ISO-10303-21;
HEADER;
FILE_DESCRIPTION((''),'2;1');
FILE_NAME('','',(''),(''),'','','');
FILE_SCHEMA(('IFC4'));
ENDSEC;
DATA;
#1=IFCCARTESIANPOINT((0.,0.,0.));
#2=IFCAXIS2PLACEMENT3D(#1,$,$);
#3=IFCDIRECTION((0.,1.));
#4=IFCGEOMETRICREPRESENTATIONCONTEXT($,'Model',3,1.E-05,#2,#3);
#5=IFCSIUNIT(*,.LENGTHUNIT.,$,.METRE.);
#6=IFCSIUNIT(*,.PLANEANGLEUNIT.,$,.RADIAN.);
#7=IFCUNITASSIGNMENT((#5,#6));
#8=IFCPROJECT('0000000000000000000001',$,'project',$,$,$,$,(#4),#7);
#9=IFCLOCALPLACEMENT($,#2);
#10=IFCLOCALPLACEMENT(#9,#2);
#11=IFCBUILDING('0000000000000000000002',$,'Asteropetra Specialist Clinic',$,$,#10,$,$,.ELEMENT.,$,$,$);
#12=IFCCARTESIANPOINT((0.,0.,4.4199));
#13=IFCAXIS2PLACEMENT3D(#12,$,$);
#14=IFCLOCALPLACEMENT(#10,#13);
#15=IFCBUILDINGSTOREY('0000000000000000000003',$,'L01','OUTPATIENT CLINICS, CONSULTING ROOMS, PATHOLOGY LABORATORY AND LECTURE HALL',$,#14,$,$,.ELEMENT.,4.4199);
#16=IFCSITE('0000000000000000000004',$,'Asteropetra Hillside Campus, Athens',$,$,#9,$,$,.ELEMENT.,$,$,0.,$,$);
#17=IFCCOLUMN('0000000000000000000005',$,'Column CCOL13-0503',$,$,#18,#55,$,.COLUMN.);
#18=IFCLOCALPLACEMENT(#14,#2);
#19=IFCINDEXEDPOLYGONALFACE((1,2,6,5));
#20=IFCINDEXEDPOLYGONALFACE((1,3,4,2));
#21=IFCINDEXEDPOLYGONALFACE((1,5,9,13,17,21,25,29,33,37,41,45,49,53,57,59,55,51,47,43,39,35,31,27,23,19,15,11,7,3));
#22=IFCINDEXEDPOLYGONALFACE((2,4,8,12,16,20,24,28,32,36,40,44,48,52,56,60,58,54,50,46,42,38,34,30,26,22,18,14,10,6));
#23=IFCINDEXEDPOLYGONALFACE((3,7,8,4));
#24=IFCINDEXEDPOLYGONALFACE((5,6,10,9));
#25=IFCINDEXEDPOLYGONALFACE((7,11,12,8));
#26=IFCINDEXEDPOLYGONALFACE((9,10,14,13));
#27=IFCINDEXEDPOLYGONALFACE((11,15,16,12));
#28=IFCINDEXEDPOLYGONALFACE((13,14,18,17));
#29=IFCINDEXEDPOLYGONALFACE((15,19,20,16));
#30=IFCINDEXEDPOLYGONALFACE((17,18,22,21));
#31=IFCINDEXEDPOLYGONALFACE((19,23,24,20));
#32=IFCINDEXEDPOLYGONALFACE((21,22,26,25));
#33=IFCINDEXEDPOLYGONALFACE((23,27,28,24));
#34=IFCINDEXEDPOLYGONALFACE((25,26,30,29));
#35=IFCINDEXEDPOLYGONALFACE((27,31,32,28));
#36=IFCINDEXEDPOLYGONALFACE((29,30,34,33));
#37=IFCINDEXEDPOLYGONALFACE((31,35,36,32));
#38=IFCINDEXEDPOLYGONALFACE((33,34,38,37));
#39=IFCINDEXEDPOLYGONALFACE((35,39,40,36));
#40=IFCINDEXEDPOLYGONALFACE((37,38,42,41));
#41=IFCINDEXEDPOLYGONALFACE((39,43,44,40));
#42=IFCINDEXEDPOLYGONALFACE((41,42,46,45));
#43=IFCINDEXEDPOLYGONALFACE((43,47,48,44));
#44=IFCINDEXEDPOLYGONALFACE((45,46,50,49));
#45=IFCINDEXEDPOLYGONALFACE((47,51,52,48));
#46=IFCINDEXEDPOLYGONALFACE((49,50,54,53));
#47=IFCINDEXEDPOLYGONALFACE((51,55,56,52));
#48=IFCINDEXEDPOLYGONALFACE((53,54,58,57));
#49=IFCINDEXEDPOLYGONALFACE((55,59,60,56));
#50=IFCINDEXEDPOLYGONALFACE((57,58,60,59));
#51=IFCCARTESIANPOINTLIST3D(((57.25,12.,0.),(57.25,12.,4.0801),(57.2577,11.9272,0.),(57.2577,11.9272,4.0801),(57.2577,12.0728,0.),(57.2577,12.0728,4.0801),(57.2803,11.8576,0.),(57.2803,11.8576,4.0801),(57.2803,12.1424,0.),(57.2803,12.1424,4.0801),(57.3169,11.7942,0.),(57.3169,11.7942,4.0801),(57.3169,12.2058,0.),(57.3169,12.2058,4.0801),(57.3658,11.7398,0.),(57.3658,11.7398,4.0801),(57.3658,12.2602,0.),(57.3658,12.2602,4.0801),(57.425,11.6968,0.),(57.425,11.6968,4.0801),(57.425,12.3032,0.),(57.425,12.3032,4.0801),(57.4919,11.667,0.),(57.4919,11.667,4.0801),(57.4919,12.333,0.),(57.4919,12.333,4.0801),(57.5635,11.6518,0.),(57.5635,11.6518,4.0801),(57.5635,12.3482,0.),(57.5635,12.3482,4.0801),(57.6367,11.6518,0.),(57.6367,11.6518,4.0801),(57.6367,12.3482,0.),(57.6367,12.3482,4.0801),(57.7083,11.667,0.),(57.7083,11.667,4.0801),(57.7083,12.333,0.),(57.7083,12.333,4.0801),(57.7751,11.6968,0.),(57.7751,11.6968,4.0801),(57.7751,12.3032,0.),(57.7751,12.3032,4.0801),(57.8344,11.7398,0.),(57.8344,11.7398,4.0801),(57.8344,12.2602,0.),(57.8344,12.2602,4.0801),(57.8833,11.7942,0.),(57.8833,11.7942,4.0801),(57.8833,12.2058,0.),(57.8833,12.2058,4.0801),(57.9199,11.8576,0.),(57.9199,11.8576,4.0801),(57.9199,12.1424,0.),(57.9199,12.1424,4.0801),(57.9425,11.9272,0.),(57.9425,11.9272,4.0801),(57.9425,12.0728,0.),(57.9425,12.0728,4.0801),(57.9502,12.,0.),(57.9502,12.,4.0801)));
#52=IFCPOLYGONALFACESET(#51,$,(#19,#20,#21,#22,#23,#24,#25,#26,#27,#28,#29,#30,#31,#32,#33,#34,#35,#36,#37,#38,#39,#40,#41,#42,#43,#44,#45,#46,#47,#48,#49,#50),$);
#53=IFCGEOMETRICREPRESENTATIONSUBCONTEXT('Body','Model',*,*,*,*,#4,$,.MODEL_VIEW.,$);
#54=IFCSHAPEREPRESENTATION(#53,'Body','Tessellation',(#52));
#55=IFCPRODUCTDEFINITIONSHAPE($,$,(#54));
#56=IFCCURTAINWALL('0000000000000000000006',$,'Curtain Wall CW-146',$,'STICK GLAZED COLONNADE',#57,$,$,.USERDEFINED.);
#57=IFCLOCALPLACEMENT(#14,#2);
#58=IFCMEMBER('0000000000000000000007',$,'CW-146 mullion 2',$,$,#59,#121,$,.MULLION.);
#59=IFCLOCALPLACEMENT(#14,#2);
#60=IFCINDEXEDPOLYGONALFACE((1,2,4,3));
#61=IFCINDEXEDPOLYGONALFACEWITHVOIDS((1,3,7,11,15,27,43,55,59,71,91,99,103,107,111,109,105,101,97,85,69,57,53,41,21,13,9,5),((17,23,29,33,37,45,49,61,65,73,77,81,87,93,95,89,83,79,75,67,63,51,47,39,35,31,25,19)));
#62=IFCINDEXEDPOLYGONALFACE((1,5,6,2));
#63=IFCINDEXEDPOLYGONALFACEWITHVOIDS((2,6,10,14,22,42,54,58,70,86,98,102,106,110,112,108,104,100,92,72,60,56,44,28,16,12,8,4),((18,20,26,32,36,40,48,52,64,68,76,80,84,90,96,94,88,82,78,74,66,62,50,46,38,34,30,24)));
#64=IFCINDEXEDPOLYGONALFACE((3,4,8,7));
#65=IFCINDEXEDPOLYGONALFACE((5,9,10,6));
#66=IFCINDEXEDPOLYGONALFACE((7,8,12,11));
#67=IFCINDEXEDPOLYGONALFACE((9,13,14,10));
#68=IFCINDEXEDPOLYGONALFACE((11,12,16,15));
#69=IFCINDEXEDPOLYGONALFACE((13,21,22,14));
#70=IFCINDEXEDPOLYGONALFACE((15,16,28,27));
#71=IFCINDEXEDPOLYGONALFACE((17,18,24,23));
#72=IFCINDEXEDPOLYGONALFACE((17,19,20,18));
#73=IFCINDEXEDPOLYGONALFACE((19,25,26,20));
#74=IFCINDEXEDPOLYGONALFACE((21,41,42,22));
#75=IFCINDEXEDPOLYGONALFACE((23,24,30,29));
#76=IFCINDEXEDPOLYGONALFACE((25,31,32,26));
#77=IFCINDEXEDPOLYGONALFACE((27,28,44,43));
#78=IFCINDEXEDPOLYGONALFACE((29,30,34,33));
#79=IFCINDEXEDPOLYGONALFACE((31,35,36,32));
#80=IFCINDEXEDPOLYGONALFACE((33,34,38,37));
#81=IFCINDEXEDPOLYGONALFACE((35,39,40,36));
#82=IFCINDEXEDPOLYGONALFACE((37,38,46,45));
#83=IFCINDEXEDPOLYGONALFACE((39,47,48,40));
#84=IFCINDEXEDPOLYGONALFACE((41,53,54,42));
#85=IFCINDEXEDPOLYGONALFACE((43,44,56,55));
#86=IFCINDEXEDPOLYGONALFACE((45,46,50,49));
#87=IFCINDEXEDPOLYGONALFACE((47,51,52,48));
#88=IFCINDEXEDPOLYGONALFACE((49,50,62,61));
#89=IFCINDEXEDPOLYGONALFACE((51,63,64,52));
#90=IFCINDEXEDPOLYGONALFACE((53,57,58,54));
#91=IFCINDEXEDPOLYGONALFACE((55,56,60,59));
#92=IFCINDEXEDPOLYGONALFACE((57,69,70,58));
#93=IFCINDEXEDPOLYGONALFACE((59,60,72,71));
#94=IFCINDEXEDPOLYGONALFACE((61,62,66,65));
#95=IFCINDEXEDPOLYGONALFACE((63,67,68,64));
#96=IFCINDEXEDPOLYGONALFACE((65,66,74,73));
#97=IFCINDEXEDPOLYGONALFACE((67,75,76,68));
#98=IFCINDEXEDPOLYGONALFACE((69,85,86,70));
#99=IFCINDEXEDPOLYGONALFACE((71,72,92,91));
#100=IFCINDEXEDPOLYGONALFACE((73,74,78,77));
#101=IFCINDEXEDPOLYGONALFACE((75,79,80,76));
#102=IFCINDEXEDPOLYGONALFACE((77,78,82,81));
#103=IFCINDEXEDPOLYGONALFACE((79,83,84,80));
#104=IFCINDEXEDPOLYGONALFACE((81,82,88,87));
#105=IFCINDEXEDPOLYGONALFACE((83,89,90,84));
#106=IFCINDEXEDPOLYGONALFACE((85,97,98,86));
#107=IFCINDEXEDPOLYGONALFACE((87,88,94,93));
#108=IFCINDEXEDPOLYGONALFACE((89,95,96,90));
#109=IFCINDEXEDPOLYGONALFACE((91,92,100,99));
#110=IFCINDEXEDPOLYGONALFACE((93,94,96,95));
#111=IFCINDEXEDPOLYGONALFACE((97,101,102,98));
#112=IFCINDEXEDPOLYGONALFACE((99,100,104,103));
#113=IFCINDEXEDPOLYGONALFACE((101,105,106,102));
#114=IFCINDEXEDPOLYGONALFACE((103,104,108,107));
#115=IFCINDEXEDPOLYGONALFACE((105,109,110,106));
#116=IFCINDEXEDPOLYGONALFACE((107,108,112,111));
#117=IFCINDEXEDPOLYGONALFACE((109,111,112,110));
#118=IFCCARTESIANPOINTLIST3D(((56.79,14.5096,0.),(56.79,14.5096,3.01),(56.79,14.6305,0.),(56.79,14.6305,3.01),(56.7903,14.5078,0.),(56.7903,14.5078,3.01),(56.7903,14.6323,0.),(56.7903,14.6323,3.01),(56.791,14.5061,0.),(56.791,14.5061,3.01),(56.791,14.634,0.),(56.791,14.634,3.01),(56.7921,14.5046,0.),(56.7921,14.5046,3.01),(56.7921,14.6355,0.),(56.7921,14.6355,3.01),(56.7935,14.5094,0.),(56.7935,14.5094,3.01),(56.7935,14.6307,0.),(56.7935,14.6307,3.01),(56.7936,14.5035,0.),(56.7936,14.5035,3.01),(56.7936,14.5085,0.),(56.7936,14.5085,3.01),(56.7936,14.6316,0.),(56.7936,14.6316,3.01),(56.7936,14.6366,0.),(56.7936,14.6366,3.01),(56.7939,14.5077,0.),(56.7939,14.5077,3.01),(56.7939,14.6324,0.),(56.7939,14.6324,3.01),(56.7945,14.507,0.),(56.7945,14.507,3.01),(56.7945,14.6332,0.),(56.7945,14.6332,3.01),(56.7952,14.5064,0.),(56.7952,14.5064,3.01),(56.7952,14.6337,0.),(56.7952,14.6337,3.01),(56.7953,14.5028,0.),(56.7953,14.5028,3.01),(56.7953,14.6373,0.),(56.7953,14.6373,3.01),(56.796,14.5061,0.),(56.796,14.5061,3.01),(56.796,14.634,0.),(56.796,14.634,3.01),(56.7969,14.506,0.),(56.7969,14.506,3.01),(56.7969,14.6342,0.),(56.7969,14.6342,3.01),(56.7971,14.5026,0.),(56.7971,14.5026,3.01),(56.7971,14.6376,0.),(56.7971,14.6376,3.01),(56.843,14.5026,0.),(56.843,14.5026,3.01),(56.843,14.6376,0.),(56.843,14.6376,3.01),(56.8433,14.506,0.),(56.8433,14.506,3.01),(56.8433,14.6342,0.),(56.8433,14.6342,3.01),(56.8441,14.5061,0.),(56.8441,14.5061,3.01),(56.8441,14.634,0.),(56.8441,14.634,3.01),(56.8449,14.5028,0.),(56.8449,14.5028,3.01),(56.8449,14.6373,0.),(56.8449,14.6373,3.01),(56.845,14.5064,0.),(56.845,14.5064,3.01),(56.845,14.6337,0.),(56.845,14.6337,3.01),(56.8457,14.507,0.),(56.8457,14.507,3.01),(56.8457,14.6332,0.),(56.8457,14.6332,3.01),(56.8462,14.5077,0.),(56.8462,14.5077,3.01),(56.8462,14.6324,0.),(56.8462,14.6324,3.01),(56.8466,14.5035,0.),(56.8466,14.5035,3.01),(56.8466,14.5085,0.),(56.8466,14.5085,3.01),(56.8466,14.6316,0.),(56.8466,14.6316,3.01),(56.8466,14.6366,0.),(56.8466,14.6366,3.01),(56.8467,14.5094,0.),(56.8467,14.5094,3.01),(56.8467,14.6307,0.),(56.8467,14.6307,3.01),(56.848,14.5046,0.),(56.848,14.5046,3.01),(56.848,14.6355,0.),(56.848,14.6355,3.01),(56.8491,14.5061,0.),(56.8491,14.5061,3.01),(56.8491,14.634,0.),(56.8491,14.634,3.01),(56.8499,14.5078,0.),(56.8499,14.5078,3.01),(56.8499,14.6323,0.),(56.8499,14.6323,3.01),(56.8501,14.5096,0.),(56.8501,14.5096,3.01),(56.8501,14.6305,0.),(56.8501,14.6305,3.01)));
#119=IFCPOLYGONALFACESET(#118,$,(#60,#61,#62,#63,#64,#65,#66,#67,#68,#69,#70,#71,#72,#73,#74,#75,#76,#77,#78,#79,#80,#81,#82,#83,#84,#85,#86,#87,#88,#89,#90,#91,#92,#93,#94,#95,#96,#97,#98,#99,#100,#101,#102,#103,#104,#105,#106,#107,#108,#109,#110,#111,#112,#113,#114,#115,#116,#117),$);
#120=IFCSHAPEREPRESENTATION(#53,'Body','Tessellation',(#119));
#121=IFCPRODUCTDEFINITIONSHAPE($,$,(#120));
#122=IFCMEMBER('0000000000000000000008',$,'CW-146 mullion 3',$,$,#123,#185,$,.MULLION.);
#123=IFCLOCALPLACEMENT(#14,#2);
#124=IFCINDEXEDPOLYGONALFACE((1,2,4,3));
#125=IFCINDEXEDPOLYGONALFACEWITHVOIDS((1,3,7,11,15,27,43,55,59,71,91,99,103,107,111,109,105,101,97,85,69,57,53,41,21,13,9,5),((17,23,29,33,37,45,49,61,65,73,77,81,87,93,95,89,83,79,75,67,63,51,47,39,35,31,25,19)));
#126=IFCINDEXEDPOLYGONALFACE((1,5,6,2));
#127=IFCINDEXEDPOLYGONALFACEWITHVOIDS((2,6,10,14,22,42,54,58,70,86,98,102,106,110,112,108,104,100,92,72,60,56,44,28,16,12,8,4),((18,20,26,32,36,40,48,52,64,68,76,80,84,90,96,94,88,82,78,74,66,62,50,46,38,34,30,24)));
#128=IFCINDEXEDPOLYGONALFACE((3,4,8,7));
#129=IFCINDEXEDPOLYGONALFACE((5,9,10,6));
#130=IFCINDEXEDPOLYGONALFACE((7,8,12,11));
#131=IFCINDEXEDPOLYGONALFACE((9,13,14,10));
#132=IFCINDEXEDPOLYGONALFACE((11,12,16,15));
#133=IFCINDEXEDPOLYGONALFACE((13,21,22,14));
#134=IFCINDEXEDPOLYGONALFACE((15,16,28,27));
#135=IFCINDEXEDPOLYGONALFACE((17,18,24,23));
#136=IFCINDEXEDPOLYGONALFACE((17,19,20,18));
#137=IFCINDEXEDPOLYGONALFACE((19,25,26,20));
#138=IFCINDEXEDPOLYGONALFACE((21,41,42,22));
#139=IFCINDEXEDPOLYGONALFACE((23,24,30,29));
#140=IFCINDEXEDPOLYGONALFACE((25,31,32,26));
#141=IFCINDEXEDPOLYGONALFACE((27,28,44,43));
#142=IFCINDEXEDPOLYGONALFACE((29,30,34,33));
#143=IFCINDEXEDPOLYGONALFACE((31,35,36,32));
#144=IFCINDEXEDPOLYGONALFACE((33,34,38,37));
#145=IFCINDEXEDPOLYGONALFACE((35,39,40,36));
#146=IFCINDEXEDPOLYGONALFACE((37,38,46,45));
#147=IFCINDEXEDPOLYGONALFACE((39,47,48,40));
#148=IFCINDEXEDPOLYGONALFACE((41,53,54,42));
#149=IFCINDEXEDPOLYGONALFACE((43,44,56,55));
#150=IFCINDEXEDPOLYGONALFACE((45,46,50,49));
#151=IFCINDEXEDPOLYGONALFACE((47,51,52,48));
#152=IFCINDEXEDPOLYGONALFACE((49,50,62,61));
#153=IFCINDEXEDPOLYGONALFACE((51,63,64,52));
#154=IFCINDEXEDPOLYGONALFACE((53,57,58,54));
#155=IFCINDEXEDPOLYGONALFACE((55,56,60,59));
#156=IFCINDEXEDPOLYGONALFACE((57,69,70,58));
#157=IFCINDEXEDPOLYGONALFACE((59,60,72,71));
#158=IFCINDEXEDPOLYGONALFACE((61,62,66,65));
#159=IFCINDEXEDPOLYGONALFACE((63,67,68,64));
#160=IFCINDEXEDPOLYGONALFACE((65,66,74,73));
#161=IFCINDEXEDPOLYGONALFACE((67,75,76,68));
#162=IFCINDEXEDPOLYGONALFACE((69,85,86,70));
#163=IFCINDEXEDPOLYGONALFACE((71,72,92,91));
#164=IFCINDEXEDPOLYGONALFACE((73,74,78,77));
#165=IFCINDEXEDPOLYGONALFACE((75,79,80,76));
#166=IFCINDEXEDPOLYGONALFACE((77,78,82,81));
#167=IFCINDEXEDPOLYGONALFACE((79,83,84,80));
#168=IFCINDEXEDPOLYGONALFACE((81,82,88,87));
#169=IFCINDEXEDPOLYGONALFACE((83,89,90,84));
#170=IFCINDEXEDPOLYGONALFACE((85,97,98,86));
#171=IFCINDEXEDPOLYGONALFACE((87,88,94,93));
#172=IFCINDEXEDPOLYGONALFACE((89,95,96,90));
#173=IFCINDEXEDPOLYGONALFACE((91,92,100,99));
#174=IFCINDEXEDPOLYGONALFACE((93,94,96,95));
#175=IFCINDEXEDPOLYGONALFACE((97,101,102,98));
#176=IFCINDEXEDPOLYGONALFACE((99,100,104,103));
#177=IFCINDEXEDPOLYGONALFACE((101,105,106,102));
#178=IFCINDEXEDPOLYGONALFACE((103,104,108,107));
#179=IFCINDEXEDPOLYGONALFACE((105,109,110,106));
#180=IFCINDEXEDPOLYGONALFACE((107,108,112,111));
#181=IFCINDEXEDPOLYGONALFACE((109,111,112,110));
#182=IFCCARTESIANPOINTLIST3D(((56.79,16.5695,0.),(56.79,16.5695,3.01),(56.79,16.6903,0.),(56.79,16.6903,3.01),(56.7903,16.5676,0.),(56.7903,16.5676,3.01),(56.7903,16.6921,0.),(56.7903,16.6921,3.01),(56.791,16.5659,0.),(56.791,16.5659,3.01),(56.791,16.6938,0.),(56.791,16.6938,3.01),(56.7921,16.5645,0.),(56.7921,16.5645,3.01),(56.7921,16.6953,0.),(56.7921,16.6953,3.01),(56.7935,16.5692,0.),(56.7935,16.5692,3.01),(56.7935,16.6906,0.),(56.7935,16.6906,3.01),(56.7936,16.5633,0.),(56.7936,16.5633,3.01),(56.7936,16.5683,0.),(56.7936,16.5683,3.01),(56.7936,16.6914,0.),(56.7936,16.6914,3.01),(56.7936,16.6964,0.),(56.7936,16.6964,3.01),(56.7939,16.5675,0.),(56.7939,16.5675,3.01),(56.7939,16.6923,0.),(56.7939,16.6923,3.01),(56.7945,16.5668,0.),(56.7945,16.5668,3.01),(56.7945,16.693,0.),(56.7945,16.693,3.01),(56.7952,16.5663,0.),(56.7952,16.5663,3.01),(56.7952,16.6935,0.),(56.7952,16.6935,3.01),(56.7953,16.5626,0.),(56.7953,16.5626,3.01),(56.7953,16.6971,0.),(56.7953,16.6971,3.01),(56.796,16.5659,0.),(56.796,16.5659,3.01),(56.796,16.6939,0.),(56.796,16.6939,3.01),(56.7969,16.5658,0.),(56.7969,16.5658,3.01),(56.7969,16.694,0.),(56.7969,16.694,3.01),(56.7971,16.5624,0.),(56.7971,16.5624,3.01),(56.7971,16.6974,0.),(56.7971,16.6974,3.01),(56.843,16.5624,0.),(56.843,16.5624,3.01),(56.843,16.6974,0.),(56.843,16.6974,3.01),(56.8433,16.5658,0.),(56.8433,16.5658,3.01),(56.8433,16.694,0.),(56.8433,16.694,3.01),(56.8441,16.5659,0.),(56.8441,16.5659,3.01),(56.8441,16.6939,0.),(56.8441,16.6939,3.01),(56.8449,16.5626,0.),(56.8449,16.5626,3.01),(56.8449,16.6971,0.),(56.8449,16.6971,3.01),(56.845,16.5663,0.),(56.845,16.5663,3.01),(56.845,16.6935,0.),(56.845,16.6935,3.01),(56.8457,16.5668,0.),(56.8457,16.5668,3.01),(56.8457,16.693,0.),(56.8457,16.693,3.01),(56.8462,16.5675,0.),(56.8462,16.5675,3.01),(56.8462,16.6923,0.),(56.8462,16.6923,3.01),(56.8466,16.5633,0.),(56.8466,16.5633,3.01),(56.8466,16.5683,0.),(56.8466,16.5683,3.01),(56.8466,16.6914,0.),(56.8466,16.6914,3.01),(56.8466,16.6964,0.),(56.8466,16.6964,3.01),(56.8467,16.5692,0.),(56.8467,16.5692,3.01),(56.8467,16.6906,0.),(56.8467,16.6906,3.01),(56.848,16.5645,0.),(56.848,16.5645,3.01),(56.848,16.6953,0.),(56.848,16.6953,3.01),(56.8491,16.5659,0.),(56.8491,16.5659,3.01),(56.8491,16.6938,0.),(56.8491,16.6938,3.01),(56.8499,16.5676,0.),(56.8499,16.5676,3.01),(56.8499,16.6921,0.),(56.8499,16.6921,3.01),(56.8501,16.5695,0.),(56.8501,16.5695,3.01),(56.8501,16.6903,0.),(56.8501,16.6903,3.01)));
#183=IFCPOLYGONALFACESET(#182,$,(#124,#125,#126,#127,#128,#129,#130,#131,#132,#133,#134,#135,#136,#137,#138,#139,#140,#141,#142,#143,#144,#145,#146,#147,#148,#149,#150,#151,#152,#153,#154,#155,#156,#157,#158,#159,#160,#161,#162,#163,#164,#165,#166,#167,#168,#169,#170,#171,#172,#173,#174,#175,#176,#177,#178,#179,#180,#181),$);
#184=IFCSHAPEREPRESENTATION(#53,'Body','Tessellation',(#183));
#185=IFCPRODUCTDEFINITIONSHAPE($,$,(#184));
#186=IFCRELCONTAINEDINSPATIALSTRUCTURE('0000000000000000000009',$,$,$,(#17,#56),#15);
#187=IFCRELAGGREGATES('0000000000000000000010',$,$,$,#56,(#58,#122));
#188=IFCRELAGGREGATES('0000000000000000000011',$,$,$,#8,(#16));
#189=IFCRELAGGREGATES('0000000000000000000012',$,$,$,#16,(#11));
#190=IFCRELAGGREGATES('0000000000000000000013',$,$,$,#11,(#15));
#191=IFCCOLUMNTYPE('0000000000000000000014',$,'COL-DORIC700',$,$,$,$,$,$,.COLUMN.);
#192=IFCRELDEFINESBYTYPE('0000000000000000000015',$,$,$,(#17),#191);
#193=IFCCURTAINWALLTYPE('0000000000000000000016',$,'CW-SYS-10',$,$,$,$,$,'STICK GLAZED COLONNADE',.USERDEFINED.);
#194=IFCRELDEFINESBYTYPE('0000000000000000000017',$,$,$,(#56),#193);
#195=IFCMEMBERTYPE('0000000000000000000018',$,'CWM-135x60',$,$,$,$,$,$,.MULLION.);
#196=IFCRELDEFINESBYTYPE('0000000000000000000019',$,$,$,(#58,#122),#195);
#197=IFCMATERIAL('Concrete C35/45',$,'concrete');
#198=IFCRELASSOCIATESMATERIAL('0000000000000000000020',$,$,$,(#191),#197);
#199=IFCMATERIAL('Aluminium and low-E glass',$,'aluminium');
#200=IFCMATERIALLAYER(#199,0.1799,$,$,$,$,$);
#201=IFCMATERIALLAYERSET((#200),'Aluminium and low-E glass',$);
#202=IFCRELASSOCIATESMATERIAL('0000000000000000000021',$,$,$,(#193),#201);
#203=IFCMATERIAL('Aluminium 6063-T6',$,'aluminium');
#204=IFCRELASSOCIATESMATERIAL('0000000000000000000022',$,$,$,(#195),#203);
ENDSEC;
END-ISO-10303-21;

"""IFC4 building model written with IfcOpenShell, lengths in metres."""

from ifc_helpers import new_model, si_unit, direction, frame, origin, origin_2d, place, context, subcontext, project, spatial, hollow_rectangle, circle, extrude, material, layer, layer_set, material_profile, profile_set, type_object, element, aggregate, save


model = new_model("IFC4")

# Units and contexts
model_context = context("Model", 3, precision=1e-05, world=origin(), true_north=direction((0.0, 1.0)))
body_context = subcontext(model_context, "Body", "Model", "MODEL_VIEW")
ifc_project = project(units=[si_unit("LENGTHUNIT", "METRE"), si_unit("PLANEANGLEUNIT", "RADIAN")], contexts=[model_context])

# Site, building, storey
site_placement = place(None, origin())
site = spatial("IfcSite", under=ifc_project, at=site_placement, Name="Asteropetra Hillside Campus, Athens", CompositionType="ELEMENT", RefElevation=0.0)
building_placement = place(site_placement, origin())
building = spatial("IfcBuilding", under=site, at=building_placement, Name="Asteropetra Specialist Clinic", CompositionType="ELEMENT")
storey_placement = place(building_placement, frame((0.0, 0.0, 4.4199)))
storey = spatial("IfcBuildingStorey", under=building, at=storey_placement, Name="L01", Description="OUTPATIENT CLINICS, CONSULTING ROOMS, PATHOLOGY LABORATORY AND LECTURE HALL", CompositionType="ELEMENT", Elevation=4.4199)

# Column
ifc_material_1 = material(Name="Concrete C35/45", Category="concrete")
ifc_material_profile_1 = material_profile(ifc_material_1, circle(Radius=0.3501, at=origin_2d()), Name="RCC D700")
ifc_profile_set_1 = profile_set([ifc_material_profile_1], Name="Concrete C35/45")
column_type = type_object("IfcColumnType", Name="COL-DORIC700", PredefinedType="COLUMN", material=ifc_profile_set_1)
column_placement = place(storey_placement, frame((57.6001, 12.0, 0.0), z_axis=(0.0, 0.0, 1.0), x_axis=(1.0, 0.0, 0.0)))
element("IfcColumn", 1, at=column_placement, inside=storey, type_object=column_type, Name="Column CCOL13-0503", PredefinedType="COLUMN", context=body_context, shape_type="SweptSolid", body=[
    extrude(circle(Radius=0.3501, at=origin_2d()), origin(), (0.0, 0.0, 1.0), 4.0801),
])

# Curtain wall, members
ifc_material_2 = material(Name="Aluminium and low-E glass", Category="aluminium")
ifc_layer_1 = layer(ifc_material_2, 0.1799)
ifc_layer_set_1 = layer_set([ifc_layer_1], Name="Aluminium and low-E glass")
curtain_wall_type = type_object("IfcCurtainWallType", Name="CW-SYS-10", ElementType="STICK GLAZED COLONNADE", PredefinedType="USERDEFINED", material=ifc_layer_set_1)
curtain_wall_placement = place(storey_placement, origin())
curtain_wall = element("IfcCurtainWall", 2, at=curtain_wall_placement, inside=storey, type_object=curtain_wall_type, Name="Curtain Wall CW-146", ObjectType="STICK GLAZED COLONNADE", PredefinedType="USERDEFINED")
ifc_material_3 = material(Name="Aluminium 6063-T6", Category="aluminium")
ifc_material_profile_2 = material_profile(ifc_material_3, hollow_rectangle(XDim=0.0601, YDim=0.135, WallThickness=0.0034, InnerFilletRadius=0.0034, OuterFilletRadius=0.0071, at=origin_2d()), Name="MUL 135x60x3.5")
ifc_profile_set_2 = profile_set([ifc_material_profile_2], Name="Aluminium 6063-T6")
member_type_1 = type_object("IfcMemberType", Name="CWM-135x60", PredefinedType="MULLION", material=ifc_profile_set_2)
member_1_placement = place(storey_placement, frame((56.8201, 14.5701, 0.0), z_axis=(0.0, 0.0, 1.0), x_axis=(-1.0, 0.0, 0.0)))
member_1 = element("IfcMember", 3, at=member_1_placement, type_object=member_type_1, Name="CW-146 mullion 2", PredefinedType="MULLION", context=body_context, shape_type="SweptSolid", body=[
    extrude(hollow_rectangle(XDim=0.0601, YDim=0.135, WallThickness=0.0034, InnerFilletRadius=0.0034, OuterFilletRadius=0.0071, at=origin_2d()), origin(), (0.0, 0.0, 1.0), 3.01),
])
member_2_placement = place(storey_placement, frame((56.8201, 16.6299, 0.0), z_axis=(0.0, 0.0, 1.0), x_axis=(-1.0, 0.0, 0.0)))
member_2 = element("IfcMember", 4, at=member_2_placement, type_object=member_type_1, Name="CW-146 mullion 3", PredefinedType="MULLION", context=body_context, shape_type="SweptSolid", body=[
    extrude(hollow_rectangle(XDim=0.0601, YDim=0.135, WallThickness=0.0034, InnerFilletRadius=0.0034, OuterFilletRadius=0.0071, at=origin_2d()), origin(), (0.0, 0.0, 1.0), 3.01),
])

aggregate(curtain_wall, [member_1, member_2])

save(model, "model.ifc")
